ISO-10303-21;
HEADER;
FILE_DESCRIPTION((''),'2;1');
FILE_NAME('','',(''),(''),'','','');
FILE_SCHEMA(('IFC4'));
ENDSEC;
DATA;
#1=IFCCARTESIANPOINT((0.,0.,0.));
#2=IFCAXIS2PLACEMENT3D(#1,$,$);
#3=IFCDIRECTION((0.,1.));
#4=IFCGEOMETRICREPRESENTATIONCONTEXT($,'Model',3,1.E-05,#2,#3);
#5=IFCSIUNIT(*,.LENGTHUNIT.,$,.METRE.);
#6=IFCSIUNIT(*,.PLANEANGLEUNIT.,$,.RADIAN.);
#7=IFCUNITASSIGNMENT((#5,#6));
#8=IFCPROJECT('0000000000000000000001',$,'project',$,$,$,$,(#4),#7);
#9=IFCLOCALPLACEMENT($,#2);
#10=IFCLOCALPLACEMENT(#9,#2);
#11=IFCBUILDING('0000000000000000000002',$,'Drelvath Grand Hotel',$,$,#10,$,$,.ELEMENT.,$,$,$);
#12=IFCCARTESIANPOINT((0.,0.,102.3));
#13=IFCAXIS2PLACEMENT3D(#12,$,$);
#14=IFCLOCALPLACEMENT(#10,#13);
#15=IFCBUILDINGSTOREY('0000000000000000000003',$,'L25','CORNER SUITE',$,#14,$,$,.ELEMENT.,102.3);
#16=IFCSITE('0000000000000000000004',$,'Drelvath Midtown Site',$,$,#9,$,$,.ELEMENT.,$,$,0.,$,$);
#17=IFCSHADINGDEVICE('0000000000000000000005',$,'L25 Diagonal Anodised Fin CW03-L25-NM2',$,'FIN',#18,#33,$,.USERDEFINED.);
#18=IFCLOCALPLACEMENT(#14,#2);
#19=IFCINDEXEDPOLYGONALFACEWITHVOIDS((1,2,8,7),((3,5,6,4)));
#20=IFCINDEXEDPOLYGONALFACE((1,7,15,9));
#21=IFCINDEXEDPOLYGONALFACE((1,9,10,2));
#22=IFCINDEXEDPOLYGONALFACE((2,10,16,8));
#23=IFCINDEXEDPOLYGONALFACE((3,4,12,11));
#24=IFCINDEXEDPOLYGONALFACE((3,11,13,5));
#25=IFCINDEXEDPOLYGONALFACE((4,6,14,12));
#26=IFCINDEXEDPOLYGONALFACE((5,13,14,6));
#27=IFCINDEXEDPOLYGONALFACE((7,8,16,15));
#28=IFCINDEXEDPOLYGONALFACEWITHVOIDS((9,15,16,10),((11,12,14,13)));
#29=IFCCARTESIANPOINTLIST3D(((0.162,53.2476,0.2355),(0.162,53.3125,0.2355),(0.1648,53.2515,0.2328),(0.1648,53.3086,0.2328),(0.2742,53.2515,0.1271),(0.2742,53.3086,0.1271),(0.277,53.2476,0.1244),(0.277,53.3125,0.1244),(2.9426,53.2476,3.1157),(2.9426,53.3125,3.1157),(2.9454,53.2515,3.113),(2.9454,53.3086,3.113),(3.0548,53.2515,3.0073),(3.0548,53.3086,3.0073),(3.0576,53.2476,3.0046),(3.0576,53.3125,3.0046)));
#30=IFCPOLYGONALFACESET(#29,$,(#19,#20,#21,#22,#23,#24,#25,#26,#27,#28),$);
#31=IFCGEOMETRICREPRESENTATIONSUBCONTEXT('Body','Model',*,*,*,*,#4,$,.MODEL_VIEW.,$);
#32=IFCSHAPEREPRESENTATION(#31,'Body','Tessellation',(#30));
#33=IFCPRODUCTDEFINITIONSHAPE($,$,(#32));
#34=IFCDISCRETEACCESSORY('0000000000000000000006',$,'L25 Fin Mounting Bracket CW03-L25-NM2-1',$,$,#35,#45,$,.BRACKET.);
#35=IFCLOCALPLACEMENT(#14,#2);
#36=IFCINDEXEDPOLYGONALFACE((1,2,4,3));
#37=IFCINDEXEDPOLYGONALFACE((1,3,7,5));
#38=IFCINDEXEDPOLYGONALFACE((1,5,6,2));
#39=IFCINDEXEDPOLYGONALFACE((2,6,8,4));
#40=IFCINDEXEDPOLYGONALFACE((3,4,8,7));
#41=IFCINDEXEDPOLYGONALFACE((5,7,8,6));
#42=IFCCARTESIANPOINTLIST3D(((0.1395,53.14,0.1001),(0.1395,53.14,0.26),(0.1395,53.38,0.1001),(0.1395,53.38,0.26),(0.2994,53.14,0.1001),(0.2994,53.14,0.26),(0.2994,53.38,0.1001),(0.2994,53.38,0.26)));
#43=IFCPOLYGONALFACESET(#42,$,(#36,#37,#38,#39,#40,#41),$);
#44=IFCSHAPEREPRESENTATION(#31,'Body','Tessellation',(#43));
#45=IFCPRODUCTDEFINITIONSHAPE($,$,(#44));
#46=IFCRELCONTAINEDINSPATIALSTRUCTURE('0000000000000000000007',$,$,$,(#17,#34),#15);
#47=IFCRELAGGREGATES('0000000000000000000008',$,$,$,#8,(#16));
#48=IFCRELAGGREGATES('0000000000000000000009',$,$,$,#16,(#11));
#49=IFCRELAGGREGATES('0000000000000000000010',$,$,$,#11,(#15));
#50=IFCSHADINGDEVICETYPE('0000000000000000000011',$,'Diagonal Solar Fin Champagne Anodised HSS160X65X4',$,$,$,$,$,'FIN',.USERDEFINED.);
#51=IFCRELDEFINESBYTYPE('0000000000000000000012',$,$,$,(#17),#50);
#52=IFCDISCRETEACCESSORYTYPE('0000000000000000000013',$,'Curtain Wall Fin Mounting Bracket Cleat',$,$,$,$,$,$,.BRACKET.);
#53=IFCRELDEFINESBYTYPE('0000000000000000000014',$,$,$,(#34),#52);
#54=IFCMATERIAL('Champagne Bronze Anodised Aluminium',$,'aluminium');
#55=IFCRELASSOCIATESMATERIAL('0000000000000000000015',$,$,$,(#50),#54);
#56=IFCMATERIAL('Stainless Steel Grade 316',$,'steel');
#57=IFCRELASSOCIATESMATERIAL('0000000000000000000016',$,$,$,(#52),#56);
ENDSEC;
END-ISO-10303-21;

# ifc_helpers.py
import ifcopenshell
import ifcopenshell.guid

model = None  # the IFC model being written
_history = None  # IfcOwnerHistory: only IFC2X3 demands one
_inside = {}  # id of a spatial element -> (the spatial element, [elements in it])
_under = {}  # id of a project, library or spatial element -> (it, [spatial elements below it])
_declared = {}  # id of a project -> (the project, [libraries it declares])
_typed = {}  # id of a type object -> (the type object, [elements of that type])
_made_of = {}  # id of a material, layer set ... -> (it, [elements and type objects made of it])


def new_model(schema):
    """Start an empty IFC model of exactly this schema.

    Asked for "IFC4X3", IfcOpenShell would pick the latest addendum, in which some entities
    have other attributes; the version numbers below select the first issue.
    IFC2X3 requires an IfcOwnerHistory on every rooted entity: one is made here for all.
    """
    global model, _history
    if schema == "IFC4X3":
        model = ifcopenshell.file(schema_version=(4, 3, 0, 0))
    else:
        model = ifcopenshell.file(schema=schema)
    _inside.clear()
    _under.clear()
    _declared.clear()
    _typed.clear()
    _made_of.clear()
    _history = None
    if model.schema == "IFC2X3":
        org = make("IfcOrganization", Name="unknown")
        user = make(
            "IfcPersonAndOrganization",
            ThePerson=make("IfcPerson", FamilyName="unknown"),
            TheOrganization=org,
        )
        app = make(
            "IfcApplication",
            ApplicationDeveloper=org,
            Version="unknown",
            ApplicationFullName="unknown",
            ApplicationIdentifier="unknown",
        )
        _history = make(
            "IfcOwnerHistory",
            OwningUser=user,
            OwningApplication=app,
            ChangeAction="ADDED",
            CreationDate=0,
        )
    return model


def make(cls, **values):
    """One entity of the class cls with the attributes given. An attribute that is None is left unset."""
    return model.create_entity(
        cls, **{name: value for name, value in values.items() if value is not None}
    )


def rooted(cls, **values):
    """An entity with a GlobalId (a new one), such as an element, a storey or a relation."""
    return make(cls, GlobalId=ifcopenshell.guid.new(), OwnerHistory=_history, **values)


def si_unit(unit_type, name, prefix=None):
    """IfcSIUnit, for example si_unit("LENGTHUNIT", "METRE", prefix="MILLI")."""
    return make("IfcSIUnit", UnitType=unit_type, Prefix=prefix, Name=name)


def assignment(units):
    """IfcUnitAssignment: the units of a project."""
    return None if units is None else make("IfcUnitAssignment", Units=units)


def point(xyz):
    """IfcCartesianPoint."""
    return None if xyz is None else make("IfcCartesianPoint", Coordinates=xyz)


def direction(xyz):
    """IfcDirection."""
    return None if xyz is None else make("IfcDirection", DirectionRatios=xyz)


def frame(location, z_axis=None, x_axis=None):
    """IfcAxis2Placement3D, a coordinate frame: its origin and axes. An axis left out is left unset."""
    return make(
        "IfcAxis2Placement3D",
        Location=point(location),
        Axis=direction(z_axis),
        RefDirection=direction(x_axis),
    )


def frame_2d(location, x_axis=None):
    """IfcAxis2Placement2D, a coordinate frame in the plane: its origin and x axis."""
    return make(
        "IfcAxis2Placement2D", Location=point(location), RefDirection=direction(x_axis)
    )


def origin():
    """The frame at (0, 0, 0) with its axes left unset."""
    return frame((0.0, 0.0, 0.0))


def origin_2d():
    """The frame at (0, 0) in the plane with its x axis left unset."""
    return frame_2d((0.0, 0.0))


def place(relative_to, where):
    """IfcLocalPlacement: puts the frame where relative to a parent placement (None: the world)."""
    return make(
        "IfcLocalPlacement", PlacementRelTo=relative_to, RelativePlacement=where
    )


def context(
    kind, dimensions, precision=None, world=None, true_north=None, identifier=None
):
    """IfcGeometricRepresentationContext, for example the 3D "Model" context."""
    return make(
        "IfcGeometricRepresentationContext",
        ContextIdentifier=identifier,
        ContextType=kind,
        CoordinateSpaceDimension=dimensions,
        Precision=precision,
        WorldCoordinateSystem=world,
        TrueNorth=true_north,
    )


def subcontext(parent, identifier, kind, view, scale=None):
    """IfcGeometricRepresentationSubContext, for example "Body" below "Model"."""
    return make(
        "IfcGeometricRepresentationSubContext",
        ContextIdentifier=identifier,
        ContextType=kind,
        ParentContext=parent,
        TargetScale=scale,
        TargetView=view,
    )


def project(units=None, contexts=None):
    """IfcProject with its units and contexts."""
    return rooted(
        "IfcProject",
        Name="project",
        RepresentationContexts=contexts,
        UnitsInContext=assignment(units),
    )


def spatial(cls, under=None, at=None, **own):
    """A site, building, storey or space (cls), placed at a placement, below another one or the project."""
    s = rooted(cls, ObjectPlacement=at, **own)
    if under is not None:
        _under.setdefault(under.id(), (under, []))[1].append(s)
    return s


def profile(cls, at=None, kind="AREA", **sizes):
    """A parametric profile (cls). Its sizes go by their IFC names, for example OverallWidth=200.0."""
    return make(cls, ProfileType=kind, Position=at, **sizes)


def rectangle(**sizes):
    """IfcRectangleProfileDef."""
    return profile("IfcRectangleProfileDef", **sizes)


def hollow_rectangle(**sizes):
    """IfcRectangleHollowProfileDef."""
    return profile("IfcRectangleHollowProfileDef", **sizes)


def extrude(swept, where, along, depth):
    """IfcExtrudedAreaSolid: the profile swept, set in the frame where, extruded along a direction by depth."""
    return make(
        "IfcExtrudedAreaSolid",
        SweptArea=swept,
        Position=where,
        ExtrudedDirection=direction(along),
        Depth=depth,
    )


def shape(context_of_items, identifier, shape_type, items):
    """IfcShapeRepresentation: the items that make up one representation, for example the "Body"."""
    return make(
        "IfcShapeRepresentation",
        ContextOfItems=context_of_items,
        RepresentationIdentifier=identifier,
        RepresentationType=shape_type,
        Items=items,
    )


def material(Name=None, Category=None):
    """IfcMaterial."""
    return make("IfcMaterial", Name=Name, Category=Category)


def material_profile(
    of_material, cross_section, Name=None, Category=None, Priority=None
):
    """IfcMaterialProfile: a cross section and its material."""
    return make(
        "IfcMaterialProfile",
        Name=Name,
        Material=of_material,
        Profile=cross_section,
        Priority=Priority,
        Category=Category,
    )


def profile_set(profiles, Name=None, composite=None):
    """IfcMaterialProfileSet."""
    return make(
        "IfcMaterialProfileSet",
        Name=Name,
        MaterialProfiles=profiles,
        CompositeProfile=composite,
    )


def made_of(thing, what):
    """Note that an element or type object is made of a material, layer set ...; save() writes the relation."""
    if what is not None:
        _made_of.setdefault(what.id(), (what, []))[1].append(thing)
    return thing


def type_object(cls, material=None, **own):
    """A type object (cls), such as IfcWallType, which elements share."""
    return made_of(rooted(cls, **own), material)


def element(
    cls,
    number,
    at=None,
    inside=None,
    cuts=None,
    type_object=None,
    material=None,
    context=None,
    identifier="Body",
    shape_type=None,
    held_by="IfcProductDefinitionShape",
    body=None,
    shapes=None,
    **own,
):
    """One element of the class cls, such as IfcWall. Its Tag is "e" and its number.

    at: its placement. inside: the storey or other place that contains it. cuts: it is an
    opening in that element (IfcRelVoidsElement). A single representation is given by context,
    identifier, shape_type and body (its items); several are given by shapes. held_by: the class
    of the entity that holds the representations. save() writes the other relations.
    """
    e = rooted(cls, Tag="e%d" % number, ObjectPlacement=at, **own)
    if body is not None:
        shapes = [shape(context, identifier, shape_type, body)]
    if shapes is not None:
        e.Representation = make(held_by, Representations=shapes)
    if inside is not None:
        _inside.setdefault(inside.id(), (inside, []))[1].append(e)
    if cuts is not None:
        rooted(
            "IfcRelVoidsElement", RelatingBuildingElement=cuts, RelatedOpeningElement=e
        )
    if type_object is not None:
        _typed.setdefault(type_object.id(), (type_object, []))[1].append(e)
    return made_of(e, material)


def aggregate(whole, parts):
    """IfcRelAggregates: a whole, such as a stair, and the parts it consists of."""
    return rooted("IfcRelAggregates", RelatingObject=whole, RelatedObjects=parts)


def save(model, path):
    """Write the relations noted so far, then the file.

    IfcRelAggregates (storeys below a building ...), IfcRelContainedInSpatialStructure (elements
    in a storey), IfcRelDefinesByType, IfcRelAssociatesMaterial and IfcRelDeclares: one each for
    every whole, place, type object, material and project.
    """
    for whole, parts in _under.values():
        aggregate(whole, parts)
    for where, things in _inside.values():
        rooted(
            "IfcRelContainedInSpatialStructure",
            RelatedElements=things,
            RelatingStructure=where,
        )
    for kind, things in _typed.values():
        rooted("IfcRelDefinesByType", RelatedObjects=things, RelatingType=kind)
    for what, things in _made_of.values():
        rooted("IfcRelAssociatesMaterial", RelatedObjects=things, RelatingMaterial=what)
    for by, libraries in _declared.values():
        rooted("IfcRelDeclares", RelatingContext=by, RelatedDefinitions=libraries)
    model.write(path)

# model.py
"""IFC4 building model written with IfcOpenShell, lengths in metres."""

from ifc_helpers import new_model, si_unit, direction, frame, origin, origin_2d, place, context, subcontext, project, spatial, rectangle, hollow_rectangle, extrude, material, material_profile, profile_set, type_object, element, save


model = new_model("IFC4")

# Units and contexts
model_context = context("Model", 3, precision=1e-05, world=origin(), true_north=direction((0.0, 1.0)))
body_context = subcontext(model_context, "Body", "Model", "MODEL_VIEW")
ifc_project = project(units=[si_unit("LENGTHUNIT", "METRE"), si_unit("PLANEANGLEUNIT", "RADIAN")], contexts=[model_context])

# Site, building, storey
site_placement = place(None, origin())
site = spatial("IfcSite", under=ifc_project, at=site_placement, Name="Drelvath Midtown Site", CompositionType="ELEMENT", RefElevation=0.0)
building_placement = place(site_placement, origin())
building = spatial("IfcBuilding", under=site, at=building_placement, Name="Drelvath Grand Hotel", CompositionType="ELEMENT")
storey_placement = place(building_placement, frame((0.0, 0.0, 102.3)))
storey = spatial("IfcBuildingStorey", under=building, at=storey_placement, Name="L25", Description="CORNER SUITE", CompositionType="ELEMENT", Elevation=102.3)

# Shading device
ifc_material_1 = material(Name="Champagne Bronze Anodised Aluminium", Category="aluminium")
ifc_material_profile_1 = material_profile(ifc_material_1, hollow_rectangle(XDim=0.0649, YDim=0.1599, WallThickness=0.0039, at=origin_2d()), Name="HSS160X65X4")
ifc_profile_set_1 = profile_set([ifc_material_profile_1], Name="Champagne Bronze Anodised Aluminium")
shading_device_type = type_object("IfcShadingDeviceType", Name="Diagonal Solar Fin Champagne Anodised HSS160X65X4", ElementType="FIN", PredefinedType="USERDEFINED", material=ifc_profile_set_1)
shading_device_placement = place(storey_placement, frame((0.2195, 53.28, 0.1799), z_axis=(0.694556, 0.0, 0.719438), x_axis=(0.0, 1.0, 0.0)))
element("IfcShadingDevice", 1, at=shading_device_placement, inside=storey, type_object=shading_device_type, Name="L25 Diagonal Anodised Fin CW03-L25-NM2", ObjectType="FIN", PredefinedType="USERDEFINED", context=body_context, shape_type="SweptSolid", body=[
    extrude(hollow_rectangle(XDim=0.0649, YDim=0.1599, WallThickness=0.0039, at=origin_2d()), origin(), (0.0, 0.0, 1.0), 4.0034),
])

# Discrete accessory
ifc_material_2 = material(Name="Stainless Steel Grade 316", Category="steel")
discrete_accessory_type = type_object("IfcDiscreteAccessoryType", Name="Curtain Wall Fin Mounting Bracket Cleat", PredefinedType="BRACKET", material=ifc_material_2)
discrete_accessory_placement = place(storey_placement, frame((0.2195, 53.26, 0.1001), z_axis=(0.0, 0.0, 1.0), x_axis=(1.0, 0.0, 0.0)))
element("IfcDiscreteAccessory", 2, at=discrete_accessory_placement, inside=storey, type_object=discrete_accessory_type, Name="L25 Fin Mounting Bracket CW03-L25-NM2-1", PredefinedType="BRACKET", context=body_context, shape_type="SweptSolid", body=[
    extrude(rectangle(XDim=0.1599, YDim=0.24, at=origin_2d()), origin(), (0.0, 0.0, 1.0), 0.1599),
])

save(model, "model.ifc")
